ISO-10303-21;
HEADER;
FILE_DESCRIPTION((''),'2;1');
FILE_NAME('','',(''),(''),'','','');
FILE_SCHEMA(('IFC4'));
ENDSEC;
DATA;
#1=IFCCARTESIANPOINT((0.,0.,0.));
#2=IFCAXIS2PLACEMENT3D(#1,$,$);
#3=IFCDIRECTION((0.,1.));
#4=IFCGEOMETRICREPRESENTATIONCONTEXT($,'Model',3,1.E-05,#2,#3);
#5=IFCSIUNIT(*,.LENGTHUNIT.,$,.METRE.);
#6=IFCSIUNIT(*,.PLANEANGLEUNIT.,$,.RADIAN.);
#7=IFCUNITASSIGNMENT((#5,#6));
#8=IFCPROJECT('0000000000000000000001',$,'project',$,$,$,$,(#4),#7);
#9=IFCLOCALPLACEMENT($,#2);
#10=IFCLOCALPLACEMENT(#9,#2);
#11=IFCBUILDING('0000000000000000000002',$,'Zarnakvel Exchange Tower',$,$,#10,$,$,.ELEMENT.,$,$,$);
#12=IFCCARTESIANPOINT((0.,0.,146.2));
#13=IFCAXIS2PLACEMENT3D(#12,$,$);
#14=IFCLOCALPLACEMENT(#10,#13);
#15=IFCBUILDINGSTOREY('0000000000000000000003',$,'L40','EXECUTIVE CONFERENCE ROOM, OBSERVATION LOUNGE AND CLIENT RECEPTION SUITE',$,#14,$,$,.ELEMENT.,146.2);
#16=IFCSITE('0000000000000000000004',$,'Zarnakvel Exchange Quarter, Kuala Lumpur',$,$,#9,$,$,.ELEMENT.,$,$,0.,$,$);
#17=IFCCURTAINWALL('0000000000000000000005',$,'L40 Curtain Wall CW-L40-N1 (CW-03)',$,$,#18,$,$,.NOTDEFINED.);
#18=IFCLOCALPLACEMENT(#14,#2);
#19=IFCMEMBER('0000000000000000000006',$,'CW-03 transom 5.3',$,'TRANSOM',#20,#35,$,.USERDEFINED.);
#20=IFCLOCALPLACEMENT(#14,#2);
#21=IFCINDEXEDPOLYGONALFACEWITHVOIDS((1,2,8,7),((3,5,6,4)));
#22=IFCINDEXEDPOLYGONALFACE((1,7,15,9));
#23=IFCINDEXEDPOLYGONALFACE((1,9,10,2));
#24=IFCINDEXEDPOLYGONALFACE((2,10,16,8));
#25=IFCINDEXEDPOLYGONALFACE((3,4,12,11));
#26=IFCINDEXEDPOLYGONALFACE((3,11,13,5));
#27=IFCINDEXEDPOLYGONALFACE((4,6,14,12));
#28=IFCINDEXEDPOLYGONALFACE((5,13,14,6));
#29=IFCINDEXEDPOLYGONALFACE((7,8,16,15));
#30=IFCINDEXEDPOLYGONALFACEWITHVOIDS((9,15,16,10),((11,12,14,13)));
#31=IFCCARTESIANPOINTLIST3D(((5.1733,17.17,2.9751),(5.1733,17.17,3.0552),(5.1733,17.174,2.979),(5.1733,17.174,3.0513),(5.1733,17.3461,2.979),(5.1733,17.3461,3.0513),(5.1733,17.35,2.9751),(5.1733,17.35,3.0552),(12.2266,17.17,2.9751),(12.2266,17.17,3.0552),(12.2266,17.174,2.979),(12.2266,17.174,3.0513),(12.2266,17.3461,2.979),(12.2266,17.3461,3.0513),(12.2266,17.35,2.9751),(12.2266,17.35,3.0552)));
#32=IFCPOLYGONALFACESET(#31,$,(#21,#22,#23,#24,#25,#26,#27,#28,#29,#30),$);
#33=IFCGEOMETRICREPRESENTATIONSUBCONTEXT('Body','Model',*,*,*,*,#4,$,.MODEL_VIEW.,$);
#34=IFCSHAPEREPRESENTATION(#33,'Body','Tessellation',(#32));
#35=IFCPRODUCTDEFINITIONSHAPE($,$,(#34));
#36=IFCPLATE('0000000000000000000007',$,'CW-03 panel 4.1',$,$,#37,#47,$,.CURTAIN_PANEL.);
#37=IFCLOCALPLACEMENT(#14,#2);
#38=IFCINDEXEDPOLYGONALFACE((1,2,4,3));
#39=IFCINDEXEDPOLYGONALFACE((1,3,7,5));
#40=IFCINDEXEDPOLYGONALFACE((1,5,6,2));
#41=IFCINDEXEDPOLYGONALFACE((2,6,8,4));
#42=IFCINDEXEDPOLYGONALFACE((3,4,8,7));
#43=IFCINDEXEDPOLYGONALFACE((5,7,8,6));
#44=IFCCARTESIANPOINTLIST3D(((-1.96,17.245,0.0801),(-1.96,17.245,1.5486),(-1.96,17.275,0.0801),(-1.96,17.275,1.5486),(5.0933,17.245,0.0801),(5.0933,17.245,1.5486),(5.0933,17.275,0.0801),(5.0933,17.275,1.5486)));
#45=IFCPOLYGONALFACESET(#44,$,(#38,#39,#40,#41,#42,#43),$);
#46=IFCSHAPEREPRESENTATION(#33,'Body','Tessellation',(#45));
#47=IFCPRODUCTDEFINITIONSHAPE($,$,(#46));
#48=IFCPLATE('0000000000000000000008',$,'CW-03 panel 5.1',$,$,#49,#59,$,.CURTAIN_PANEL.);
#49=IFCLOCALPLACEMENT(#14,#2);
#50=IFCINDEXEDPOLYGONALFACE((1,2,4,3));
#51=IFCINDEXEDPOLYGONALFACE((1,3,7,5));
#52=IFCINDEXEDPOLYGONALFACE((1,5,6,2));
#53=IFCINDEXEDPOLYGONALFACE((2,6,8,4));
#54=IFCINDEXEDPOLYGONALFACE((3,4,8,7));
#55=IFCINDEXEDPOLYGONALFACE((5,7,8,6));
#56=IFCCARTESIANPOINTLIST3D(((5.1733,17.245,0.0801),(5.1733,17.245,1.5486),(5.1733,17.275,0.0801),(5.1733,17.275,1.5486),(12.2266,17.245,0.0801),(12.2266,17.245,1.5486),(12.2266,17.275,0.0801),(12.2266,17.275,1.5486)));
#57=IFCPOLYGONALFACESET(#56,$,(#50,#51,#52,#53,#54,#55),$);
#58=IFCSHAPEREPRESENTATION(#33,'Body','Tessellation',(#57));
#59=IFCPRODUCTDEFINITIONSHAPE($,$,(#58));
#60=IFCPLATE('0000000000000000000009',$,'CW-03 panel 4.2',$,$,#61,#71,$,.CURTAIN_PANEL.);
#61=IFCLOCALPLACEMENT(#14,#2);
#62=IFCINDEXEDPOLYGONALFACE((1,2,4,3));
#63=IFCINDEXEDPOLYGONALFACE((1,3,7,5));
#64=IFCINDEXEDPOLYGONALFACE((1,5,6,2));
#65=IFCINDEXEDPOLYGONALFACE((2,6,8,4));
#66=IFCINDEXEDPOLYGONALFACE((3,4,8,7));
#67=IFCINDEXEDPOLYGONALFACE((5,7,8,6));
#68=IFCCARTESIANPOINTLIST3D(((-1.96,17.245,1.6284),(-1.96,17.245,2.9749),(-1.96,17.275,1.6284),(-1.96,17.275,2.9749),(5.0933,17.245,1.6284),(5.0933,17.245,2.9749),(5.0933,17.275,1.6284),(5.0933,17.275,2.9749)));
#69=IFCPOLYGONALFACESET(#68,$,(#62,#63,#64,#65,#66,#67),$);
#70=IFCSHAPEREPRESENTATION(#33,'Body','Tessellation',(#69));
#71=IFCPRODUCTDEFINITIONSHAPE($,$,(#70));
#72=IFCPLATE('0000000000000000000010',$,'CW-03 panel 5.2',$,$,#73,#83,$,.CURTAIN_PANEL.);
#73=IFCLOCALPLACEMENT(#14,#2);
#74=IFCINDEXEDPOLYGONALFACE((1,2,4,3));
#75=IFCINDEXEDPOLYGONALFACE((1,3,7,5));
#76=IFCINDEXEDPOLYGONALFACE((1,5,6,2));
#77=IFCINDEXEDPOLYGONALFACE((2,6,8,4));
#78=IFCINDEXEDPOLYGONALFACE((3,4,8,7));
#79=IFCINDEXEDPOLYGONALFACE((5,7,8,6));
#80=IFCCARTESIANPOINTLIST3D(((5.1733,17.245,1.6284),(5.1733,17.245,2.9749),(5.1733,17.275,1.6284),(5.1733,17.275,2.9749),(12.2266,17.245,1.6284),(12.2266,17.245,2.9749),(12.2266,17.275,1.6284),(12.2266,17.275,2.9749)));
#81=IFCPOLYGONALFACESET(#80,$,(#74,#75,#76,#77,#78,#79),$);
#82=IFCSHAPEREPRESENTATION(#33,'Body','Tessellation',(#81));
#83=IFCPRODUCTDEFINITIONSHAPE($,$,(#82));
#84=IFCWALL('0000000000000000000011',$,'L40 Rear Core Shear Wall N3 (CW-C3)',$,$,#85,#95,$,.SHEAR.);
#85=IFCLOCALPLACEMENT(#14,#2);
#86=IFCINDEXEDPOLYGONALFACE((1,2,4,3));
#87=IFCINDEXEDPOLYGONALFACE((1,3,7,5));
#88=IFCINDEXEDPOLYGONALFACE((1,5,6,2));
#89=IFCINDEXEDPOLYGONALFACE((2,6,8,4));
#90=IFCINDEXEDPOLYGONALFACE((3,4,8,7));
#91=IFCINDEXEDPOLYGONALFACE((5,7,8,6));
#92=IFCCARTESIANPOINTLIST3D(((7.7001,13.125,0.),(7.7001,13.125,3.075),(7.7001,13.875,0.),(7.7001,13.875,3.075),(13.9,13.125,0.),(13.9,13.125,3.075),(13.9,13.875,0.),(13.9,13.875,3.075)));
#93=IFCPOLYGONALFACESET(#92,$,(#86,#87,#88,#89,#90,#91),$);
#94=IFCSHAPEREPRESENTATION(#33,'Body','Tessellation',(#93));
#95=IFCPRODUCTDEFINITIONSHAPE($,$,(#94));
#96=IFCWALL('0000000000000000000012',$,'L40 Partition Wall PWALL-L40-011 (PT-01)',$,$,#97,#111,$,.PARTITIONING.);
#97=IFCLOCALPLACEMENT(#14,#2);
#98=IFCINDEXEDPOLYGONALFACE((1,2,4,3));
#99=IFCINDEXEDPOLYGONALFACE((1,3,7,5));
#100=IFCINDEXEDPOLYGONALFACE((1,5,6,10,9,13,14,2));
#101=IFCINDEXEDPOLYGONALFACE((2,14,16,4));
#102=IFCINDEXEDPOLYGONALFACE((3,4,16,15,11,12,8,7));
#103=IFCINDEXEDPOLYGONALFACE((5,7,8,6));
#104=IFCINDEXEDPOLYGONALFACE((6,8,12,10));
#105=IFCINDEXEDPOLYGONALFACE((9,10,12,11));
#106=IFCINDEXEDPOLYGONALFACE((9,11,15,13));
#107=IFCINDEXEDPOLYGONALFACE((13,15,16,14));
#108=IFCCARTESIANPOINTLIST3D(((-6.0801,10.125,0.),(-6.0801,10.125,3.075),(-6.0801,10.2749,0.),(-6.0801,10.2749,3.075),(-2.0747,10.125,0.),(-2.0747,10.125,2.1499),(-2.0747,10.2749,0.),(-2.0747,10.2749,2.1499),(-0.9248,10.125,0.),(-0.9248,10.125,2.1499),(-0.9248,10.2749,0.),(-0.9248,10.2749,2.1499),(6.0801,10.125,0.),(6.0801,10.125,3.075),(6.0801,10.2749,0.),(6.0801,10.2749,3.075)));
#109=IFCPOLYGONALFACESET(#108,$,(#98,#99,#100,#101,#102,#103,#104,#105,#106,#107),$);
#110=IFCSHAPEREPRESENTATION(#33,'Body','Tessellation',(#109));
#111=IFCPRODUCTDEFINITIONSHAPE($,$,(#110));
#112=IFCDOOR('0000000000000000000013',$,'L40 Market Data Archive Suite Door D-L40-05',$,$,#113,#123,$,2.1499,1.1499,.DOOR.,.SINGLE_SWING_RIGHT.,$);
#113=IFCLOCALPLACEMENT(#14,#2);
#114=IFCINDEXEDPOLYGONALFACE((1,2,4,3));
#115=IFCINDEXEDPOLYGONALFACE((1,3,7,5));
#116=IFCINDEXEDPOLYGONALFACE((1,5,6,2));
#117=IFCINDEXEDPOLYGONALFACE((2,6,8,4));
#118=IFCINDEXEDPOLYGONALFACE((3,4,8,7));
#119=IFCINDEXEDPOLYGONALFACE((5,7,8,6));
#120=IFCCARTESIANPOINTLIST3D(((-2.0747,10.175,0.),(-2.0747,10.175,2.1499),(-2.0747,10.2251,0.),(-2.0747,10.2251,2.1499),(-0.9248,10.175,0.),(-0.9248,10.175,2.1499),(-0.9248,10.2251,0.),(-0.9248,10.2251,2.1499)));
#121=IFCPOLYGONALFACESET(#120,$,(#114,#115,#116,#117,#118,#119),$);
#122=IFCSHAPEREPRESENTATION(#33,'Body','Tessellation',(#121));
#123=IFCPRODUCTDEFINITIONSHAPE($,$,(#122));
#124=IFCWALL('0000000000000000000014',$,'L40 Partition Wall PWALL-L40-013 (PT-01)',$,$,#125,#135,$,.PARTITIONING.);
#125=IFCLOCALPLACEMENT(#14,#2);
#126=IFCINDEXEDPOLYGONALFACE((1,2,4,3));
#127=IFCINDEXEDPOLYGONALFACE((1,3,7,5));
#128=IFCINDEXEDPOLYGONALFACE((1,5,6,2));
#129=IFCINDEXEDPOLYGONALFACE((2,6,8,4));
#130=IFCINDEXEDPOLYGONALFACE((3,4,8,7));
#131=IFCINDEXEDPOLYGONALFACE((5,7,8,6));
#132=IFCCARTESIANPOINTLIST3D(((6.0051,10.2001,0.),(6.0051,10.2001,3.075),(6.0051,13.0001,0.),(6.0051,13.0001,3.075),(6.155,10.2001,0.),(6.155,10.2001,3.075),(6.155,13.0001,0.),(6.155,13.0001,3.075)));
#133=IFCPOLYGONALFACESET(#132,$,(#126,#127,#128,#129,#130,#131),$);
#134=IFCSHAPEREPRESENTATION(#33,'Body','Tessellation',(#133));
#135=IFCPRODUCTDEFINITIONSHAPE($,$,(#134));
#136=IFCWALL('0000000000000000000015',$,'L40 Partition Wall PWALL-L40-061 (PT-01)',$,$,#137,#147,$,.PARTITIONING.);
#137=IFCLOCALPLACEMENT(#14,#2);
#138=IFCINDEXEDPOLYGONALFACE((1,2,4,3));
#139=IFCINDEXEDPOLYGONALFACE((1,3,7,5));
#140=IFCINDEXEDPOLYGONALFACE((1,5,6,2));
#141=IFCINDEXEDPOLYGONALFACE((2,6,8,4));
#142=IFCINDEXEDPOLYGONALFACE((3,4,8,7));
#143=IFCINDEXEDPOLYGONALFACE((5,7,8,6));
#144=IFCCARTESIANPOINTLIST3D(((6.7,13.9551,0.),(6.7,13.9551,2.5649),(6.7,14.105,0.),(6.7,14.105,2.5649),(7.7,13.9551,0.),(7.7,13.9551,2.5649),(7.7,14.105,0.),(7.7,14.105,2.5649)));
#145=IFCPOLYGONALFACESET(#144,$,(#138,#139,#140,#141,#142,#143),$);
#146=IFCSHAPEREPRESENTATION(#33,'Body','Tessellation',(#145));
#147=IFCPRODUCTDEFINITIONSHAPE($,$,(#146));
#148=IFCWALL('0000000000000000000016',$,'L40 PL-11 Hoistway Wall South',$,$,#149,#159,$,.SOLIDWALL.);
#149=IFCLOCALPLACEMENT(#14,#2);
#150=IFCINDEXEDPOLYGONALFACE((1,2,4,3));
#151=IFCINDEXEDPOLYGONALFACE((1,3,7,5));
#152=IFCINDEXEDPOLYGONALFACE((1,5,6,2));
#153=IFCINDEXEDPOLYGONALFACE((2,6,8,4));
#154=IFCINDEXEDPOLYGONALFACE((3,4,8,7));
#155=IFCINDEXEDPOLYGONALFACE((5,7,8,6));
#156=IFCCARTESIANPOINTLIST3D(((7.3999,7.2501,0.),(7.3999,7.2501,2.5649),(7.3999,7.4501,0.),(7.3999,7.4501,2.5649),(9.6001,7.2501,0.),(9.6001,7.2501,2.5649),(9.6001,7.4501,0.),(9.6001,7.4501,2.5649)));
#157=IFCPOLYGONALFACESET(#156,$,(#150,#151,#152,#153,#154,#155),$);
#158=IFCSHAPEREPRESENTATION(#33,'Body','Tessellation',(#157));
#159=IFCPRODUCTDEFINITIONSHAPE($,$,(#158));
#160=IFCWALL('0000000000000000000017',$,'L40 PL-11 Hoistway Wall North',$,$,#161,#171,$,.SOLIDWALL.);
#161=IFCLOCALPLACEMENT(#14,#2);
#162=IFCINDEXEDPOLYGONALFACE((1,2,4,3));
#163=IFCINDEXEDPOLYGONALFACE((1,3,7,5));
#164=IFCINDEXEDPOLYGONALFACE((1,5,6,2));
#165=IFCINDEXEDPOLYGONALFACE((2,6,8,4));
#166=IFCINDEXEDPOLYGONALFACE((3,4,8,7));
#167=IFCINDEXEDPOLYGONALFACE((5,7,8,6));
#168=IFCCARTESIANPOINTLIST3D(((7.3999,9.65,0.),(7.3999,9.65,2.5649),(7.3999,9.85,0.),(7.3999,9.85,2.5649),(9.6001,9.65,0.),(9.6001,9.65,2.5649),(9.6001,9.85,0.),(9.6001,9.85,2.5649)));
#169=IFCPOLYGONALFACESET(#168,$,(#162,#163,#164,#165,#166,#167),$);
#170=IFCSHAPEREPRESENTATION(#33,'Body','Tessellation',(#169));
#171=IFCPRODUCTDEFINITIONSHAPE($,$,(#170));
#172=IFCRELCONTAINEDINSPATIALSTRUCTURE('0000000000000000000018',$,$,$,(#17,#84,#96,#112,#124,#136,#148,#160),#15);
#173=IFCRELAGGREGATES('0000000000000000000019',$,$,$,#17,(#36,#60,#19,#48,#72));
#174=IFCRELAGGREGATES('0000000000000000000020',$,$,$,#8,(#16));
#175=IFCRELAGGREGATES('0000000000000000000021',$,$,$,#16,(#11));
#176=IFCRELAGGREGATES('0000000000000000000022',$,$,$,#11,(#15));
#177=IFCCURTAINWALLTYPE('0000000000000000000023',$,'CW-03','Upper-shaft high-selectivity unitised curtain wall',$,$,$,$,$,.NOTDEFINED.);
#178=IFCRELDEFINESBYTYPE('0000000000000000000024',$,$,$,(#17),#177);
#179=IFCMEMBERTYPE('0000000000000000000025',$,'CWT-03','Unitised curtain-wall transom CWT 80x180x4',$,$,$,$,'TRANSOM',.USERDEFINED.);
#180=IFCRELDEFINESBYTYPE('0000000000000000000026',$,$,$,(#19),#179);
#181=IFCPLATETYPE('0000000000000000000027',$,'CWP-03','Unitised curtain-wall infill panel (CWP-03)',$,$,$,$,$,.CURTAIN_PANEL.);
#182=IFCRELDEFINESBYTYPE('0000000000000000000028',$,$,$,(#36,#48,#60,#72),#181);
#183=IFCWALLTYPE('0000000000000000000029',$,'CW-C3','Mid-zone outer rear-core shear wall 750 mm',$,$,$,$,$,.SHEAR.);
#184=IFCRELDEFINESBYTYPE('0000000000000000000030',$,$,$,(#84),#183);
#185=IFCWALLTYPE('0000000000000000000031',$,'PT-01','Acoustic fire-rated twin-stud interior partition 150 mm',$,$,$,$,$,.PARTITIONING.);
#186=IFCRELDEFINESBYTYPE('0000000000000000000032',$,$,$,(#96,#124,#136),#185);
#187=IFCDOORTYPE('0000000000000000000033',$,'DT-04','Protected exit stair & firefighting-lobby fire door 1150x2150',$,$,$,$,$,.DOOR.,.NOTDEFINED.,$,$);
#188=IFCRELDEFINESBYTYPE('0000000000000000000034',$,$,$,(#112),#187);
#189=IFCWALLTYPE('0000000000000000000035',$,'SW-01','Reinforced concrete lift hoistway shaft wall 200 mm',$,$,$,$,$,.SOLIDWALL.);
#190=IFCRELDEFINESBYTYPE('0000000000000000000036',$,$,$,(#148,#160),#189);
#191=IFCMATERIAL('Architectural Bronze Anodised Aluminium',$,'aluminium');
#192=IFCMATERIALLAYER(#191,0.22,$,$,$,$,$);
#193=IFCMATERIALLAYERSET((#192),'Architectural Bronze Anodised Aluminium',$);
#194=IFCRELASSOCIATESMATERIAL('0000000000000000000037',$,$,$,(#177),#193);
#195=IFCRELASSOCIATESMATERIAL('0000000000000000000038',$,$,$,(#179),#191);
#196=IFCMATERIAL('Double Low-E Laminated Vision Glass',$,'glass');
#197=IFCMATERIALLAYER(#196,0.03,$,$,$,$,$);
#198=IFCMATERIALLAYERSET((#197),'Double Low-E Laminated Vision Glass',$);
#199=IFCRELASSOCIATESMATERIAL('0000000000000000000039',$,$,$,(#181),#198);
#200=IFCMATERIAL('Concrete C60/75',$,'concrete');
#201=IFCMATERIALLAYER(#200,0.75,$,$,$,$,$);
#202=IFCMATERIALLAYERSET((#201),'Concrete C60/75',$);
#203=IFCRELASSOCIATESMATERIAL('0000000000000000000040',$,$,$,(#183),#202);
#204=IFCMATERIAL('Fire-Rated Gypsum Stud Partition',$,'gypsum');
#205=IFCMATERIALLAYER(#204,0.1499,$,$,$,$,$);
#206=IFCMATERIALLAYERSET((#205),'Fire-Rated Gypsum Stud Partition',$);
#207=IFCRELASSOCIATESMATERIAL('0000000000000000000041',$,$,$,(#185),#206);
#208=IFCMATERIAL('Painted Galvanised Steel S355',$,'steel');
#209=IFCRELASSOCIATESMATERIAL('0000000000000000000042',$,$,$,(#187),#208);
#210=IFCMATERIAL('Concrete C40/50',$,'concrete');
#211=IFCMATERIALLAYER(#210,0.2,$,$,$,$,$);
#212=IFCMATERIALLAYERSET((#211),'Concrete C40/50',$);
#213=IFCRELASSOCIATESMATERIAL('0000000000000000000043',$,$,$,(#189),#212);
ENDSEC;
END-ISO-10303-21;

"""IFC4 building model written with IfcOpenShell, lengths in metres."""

from ifc_helpers import new_model, si_unit, direction, frame, frame_2d, origin, origin_2d, place, context, subcontext, project, spatial, rectangle, hollow_rectangle, extrude, source, transform, mapped, material, layer, layer_set, material_profile, profile_set, type_object, element, fill, aggregate, save


model = new_model("IFC4")

# Units and contexts
model_context = context("Model", 3, precision=1e-05, world=origin(), true_north=direction((0.0, 1.0)))
body_context = subcontext(model_context, "Body", "Model", "MODEL_VIEW")
ifc_project = project(units=[si_unit("LENGTHUNIT", "METRE"), si_unit("PLANEANGLEUNIT", "RADIAN")], contexts=[model_context])

# Site, building, storey
site_placement = place(None, origin())
site = spatial("IfcSite", under=ifc_project, at=site_placement, Name="Zarnakvel Exchange Quarter, Kuala Lumpur", CompositionType="ELEMENT", RefElevation=0.0)
building_placement = place(site_placement, origin())
building = spatial("IfcBuilding", under=site, at=building_placement, Name="Zarnakvel Exchange Tower", CompositionType="ELEMENT")
storey_placement = place(building_placement, frame((0.0, 0.0, 146.2)))
storey = spatial("IfcBuildingStorey", under=building, at=storey_placement, Name="L40", Description="EXECUTIVE CONFERENCE ROOM, OBSERVATION LOUNGE AND CLIENT RECEPTION SUITE", CompositionType="ELEMENT", Elevation=146.2)

# Shared definitions
ifc_material_1 = material(Name="Concrete C60/75", Category="concrete")

# Curtain wall, member, plates
ifc_material_2 = material(Name="Architectural Bronze Anodised Aluminium", Category="aluminium")
ifc_layer_1 = layer(ifc_material_2, 0.22)
ifc_layer_set_1 = layer_set([ifc_layer_1], Name="Architectural Bronze Anodised Aluminium")
curtain_wall_type = type_object("IfcCurtainWallType", Name="CW-03", Description="Upper-shaft high-selectivity unitised curtain wall", PredefinedType="NOTDEFINED", material=ifc_layer_set_1)
curtain_wall_placement = place(storey_placement, origin())
curtain_wall = element("IfcCurtainWall", 1, at=curtain_wall_placement, inside=storey, type_object=curtain_wall_type, Name="L40 Curtain Wall CW-L40-N1 (CW-03)", PredefinedType="NOTDEFINED")
ifc_material_profile_1 = material_profile(ifc_material_2, hollow_rectangle(XDim=0.1799, YDim=0.0801, WallThickness=0.0039, at=origin_2d()))
ifc_profile_set_1 = profile_set([ifc_material_profile_1], Name="Architectural Bronze Anodised Aluminium")
member_type_1 = type_object("IfcMemberType", Name="CWT-03", Description="Unitised curtain-wall transom CWT 80x180x4", ElementType="TRANSOM", PredefinedType="USERDEFINED", material=ifc_profile_set_1)
shared_shape_1 = source(origin(), body_context, "Body", "SweptSolid", [
    extrude(hollow_rectangle(XDim=0.1799, YDim=0.0801, WallThickness=0.0039, at=origin_2d()), origin(), (0.0, 0.0, 1.0), 7.0532),
])
member_1_placement = place(storey_placement, frame((5.1733, 17.26, 3.0151), z_axis=(1.0, 0.0, 0.0), x_axis=(0.0, 1.0, 0.0)))
member_1 = element("IfcMember", 2, at=member_1_placement, type_object=member_type_1, Name="CW-03 transom 5.3", ObjectType="TRANSOM", PredefinedType="USERDEFINED", context=body_context, shape_type="MappedRepresentation", body=[
    mapped(shared_shape_1, transform((0.0, 0.0, 0.0), x_axis=(1.0, 0.0, 0.0), y_axis=(0.0, 1.0, 0.0), z_axis=(0.0, 0.0, 1.0), scale=1.0)),
])
ifc_material_3 = material(Name="Double Low-E Laminated Vision Glass", Category="glass")
ifc_layer_2 = layer(ifc_material_3, 0.03)
ifc_layer_set_2 = layer_set([ifc_layer_2], Name="Double Low-E Laminated Vision Glass")
plate_type = type_object("IfcPlateType", Name="CWP-03", Description="Unitised curtain-wall infill panel (CWP-03)", PredefinedType="CURTAIN_PANEL", material=ifc_layer_set_2)
shared_shape_2 = source(origin(), body_context, "Body", "SweptSolid", [
    extrude(rectangle(XDim=7.0532, YDim=0.03, at=origin_2d()), origin(), (0.0, 0.0, 1.0), 1.4685),
])
plate_1_placement = place(storey_placement, frame((1.5667, 17.26, 0.0801), z_axis=(0.0, 0.0, 1.0), x_axis=(1.0, 0.0, 0.0)))
plate_1 = element("IfcPlate", 3, at=plate_1_placement, type_object=plate_type, Name="CW-03 panel 4.1", PredefinedType="CURTAIN_PANEL", context=body_context, shape_type="MappedRepresentation", body=[
    mapped(shared_shape_2, transform((0.0, 0.0, 0.0), x_axis=(1.0, 0.0, 0.0), y_axis=(0.0, 1.0, 0.0), z_axis=(0.0, 0.0, 1.0), scale=1.0)),
])
plate_2_placement = place(storey_placement, frame((8.7, 17.26, 0.0801), z_axis=(0.0, 0.0, 1.0), x_axis=(1.0, 0.0, 0.0)))
plate_2 = element("IfcPlate", 4, at=plate_2_placement, type_object=plate_type, Name="CW-03 panel 5.1", PredefinedType="CURTAIN_PANEL", context=body_context, shape_type="MappedRepresentation", body=[
    mapped(shared_shape_2, transform((0.0, 0.0, 0.0), x_axis=(1.0, 0.0, 0.0), y_axis=(0.0, 1.0, 0.0), z_axis=(0.0, 0.0, 1.0), scale=1.0)),
])
shared_shape_3 = source(origin(), body_context, "Body", "SweptSolid", [
    extrude(rectangle(XDim=7.0532, YDim=0.03, at=origin_2d()), origin(), (0.0, 0.0, 1.0), 1.3464),
])
plate_3_placement = place(storey_placement, frame((1.5667, 17.26, 1.6284), z_axis=(0.0, 0.0, 1.0), x_axis=(1.0, 0.0, 0.0)))
plate_3 = element("IfcPlate", 5, at=plate_3_placement, type_object=plate_type, Name="CW-03 panel 4.2", PredefinedType="CURTAIN_PANEL", context=body_context, shape_type="MappedRepresentation", body=[
    mapped(shared_shape_3, transform((0.0, 0.0, 0.0), x_axis=(1.0, 0.0, 0.0), y_axis=(0.0, 1.0, 0.0), z_axis=(0.0, 0.0, 1.0), scale=1.0)),
])
plate_4_placement = place(storey_placement, frame((8.7, 17.26, 1.6284), z_axis=(0.0, 0.0, 1.0), x_axis=(1.0, 0.0, 0.0)))
plate_4 = element("IfcPlate", 6, at=plate_4_placement, type_object=plate_type, Name="CW-03 panel 5.2", PredefinedType="CURTAIN_PANEL", context=body_context, shape_type="MappedRepresentation", body=[
    mapped(shared_shape_3, transform((0.0, 0.0, 0.0), x_axis=(1.0, 0.0, 0.0), y_axis=(0.0, 1.0, 0.0), z_axis=(0.0, 0.0, 1.0), scale=1.0)),
])
aggregate(curtain_wall, [plate_1, plate_3, member_1, plate_2, plate_4])

# Wall
ifc_layer_3 = layer(ifc_material_1, 0.75)
ifc_layer_set_3 = layer_set([ifc_layer_3], Name="Concrete C60/75")
wall_type_1 = type_object("IfcWallType", Name="CW-C3", Description="Mid-zone outer rear-core shear wall 750 mm", PredefinedType="SHEAR", material=ifc_layer_set_3)
wall_1_placement = place(storey_placement, frame((7.7, 13.5, 0.0), z_axis=(0.0, 0.0, 1.0), x_axis=(1.0, 0.0, 0.0)))
element("IfcWall", 7, at=wall_1_placement, inside=storey, type_object=wall_type_1, Name="L40 Rear Core Shear Wall N3 (CW-C3)", PredefinedType="SHEAR", context=body_context, shape_type="SweptSolid", body=[
    extrude(rectangle(XDim=6.2, YDim=0.75, at=frame_2d((3.1001, 0.0))), origin(), (0.0, 0.0, 1.0), 3.075),
])

# Wall, opening, door
ifc_material_4 = material(Name="Fire-Rated Gypsum Stud Partition", Category="gypsum")
ifc_layer_4 = layer(ifc_material_4, 0.1499)
ifc_layer_set_4 = layer_set([ifc_layer_4], Name="Fire-Rated Gypsum Stud Partition")
wall_type_2 = type_object("IfcWallType", Name="PT-01", Description="Acoustic fire-rated twin-stud interior partition 150 mm", PredefinedType="PARTITIONING", material=ifc_layer_set_4)
wall_2_placement = place(storey_placement, frame((6.0801, 10.2, 0.0), z_axis=(0.0, 0.0, 1.0), x_axis=(-1.0, 0.0, 0.0)))
wall_2 = element("IfcWall", 8, at=wall_2_placement, inside=storey, type_object=wall_type_2, Name="L40 Partition Wall PWALL-L40-011 (PT-01)", PredefinedType="PARTITIONING", context=body_context, shape_type="SweptSolid", body=[
    extrude(rectangle(XDim=12.1602, YDim=0.1499, at=frame_2d((6.0801, 0.0))), origin(), (0.0, 0.0, 1.0), 3.075),
])
opening_placement = place(wall_2_placement, frame((7.0049, 0.0, 0.0)))
opening = element("IfcOpeningElement", 9, at=opening_placement, cuts=wall_2, PredefinedType="OPENING", context=body_context, shape_type="SweptSolid", body=[
    extrude(rectangle(XDim=1.1499, YDim=2.1499, at=frame_2d((0.575, 1.075))), frame((0.0, 0.085, 0.0), z_axis=(0.0, -1.0, 0.0), x_axis=(1.0, 0.0, 0.0)), (0.0, 0.0, 1.0), 0.1699),
])
ifc_material_5 = material(Name="Painted Galvanised Steel S355", Category="steel")
door_type = type_object("IfcDoorType", Name="DT-04", Description="Protected exit stair & firefighting-lobby fire door 1150x2150", OperationType="NOTDEFINED", PredefinedType="DOOR", material=ifc_material_5)
shared_shape_4 = source(origin(), body_context, "Body", "SweptSolid", [
    extrude(rectangle(XDim=1.1499, YDim=2.1499, at=frame_2d((0.575, 1.075))), frame((0.0, 0.0249, 0.0), z_axis=(0.0, -1.0, 0.0), x_axis=(1.0, 0.0, 0.0)), (0.0, 0.0, 1.0), 0.05),
])
door_placement = place(opening_placement, origin())
door = element("IfcDoor", 10, at=door_placement, inside=storey, type_object=door_type, Name="L40 Market Data Archive Suite Door D-L40-05", OperationType="SINGLE_SWING_RIGHT", OverallHeight=2.1499, OverallWidth=1.1499, PredefinedType="DOOR", context=body_context, shape_type="MappedRepresentation", body=[
    mapped(shared_shape_4, transform((0.0, 0.0, 0.0), x_axis=(1.0, 0.0, 0.0), y_axis=(0.0, 1.0, 0.0), z_axis=(0.0, 0.0, 1.0), scale=1.0)),
])
fill(opening, door)

# Walls
wall_3_placement = place(storey_placement, frame((6.0801, 13.0, 0.0), z_axis=(0.0, 0.0, 1.0), x_axis=(0.0, -1.0, 0.0)))
element("IfcWall", 11, at=wall_3_placement, inside=storey, type_object=wall_type_2, Name="L40 Partition Wall PWALL-L40-013 (PT-01)", PredefinedType="PARTITIONING", context=body_context, shape_type="SweptSolid", body=[
    extrude(rectangle(XDim=2.8, YDim=0.1499, at=frame_2d((1.3999, 0.0))), origin(), (0.0, 0.0, 1.0), 3.075),
])
wall_4_placement = place(storey_placement, frame((7.7, 14.03, 0.0), z_axis=(0.0, 0.0, 1.0), x_axis=(-1.0, 0.0, 0.0)))
element("IfcWall", 12, at=wall_4_placement, inside=storey, type_object=wall_type_2, Name="L40 Partition Wall PWALL-L40-061 (PT-01)", PredefinedType="PARTITIONING", context=body_context, shape_type="SweptSolid", body=[
    extrude(rectangle(XDim=1.0, YDim=0.1499, at=frame_2d((0.5, 0.0))), origin(), (0.0, 0.0, 1.0), 2.5649),
])
ifc_material_6 = material(Name="Concrete C40/50", Category="concrete")
ifc_layer_5 = layer(ifc_material_6, 0.2)
ifc_layer_set_5 = layer_set([ifc_layer_5], Name="Concrete C40/50")
wall_type_3 = type_object("IfcWallType", Name="SW-01", Description="Reinforced concrete lift hoistway shaft wall 200 mm", PredefinedType="SOLIDWALL", material=ifc_layer_set_5)
for number, where, z_axis, x_axis, name in (
    (13, (9.6001, 7.3501, 0.0), (0.0, 0.0, 1.0), (-1.0, 0.0, 0.0), "L40 PL-11 Hoistway Wall South"),
    (14, (7.3999, 9.75, 0.0), (0.0, 0.0, 1.0), (1.0, 0.0, 0.0), "L40 PL-11 Hoistway Wall North"),
):
    element("IfcWall", number, at=place(storey_placement, frame(where, z_axis=z_axis, x_axis=x_axis)), inside=storey, type_object=wall_type_3, Name=name, PredefinedType="SOLIDWALL", context=body_context, shape_type="SweptSolid", body=[
        extrude(rectangle(XDim=2.2002, YDim=0.2, at=frame_2d((1.1001, 0.0))), origin(), (0.0, 0.0, 1.0), 2.5649),
    ])

save(model, "model.ifc")
